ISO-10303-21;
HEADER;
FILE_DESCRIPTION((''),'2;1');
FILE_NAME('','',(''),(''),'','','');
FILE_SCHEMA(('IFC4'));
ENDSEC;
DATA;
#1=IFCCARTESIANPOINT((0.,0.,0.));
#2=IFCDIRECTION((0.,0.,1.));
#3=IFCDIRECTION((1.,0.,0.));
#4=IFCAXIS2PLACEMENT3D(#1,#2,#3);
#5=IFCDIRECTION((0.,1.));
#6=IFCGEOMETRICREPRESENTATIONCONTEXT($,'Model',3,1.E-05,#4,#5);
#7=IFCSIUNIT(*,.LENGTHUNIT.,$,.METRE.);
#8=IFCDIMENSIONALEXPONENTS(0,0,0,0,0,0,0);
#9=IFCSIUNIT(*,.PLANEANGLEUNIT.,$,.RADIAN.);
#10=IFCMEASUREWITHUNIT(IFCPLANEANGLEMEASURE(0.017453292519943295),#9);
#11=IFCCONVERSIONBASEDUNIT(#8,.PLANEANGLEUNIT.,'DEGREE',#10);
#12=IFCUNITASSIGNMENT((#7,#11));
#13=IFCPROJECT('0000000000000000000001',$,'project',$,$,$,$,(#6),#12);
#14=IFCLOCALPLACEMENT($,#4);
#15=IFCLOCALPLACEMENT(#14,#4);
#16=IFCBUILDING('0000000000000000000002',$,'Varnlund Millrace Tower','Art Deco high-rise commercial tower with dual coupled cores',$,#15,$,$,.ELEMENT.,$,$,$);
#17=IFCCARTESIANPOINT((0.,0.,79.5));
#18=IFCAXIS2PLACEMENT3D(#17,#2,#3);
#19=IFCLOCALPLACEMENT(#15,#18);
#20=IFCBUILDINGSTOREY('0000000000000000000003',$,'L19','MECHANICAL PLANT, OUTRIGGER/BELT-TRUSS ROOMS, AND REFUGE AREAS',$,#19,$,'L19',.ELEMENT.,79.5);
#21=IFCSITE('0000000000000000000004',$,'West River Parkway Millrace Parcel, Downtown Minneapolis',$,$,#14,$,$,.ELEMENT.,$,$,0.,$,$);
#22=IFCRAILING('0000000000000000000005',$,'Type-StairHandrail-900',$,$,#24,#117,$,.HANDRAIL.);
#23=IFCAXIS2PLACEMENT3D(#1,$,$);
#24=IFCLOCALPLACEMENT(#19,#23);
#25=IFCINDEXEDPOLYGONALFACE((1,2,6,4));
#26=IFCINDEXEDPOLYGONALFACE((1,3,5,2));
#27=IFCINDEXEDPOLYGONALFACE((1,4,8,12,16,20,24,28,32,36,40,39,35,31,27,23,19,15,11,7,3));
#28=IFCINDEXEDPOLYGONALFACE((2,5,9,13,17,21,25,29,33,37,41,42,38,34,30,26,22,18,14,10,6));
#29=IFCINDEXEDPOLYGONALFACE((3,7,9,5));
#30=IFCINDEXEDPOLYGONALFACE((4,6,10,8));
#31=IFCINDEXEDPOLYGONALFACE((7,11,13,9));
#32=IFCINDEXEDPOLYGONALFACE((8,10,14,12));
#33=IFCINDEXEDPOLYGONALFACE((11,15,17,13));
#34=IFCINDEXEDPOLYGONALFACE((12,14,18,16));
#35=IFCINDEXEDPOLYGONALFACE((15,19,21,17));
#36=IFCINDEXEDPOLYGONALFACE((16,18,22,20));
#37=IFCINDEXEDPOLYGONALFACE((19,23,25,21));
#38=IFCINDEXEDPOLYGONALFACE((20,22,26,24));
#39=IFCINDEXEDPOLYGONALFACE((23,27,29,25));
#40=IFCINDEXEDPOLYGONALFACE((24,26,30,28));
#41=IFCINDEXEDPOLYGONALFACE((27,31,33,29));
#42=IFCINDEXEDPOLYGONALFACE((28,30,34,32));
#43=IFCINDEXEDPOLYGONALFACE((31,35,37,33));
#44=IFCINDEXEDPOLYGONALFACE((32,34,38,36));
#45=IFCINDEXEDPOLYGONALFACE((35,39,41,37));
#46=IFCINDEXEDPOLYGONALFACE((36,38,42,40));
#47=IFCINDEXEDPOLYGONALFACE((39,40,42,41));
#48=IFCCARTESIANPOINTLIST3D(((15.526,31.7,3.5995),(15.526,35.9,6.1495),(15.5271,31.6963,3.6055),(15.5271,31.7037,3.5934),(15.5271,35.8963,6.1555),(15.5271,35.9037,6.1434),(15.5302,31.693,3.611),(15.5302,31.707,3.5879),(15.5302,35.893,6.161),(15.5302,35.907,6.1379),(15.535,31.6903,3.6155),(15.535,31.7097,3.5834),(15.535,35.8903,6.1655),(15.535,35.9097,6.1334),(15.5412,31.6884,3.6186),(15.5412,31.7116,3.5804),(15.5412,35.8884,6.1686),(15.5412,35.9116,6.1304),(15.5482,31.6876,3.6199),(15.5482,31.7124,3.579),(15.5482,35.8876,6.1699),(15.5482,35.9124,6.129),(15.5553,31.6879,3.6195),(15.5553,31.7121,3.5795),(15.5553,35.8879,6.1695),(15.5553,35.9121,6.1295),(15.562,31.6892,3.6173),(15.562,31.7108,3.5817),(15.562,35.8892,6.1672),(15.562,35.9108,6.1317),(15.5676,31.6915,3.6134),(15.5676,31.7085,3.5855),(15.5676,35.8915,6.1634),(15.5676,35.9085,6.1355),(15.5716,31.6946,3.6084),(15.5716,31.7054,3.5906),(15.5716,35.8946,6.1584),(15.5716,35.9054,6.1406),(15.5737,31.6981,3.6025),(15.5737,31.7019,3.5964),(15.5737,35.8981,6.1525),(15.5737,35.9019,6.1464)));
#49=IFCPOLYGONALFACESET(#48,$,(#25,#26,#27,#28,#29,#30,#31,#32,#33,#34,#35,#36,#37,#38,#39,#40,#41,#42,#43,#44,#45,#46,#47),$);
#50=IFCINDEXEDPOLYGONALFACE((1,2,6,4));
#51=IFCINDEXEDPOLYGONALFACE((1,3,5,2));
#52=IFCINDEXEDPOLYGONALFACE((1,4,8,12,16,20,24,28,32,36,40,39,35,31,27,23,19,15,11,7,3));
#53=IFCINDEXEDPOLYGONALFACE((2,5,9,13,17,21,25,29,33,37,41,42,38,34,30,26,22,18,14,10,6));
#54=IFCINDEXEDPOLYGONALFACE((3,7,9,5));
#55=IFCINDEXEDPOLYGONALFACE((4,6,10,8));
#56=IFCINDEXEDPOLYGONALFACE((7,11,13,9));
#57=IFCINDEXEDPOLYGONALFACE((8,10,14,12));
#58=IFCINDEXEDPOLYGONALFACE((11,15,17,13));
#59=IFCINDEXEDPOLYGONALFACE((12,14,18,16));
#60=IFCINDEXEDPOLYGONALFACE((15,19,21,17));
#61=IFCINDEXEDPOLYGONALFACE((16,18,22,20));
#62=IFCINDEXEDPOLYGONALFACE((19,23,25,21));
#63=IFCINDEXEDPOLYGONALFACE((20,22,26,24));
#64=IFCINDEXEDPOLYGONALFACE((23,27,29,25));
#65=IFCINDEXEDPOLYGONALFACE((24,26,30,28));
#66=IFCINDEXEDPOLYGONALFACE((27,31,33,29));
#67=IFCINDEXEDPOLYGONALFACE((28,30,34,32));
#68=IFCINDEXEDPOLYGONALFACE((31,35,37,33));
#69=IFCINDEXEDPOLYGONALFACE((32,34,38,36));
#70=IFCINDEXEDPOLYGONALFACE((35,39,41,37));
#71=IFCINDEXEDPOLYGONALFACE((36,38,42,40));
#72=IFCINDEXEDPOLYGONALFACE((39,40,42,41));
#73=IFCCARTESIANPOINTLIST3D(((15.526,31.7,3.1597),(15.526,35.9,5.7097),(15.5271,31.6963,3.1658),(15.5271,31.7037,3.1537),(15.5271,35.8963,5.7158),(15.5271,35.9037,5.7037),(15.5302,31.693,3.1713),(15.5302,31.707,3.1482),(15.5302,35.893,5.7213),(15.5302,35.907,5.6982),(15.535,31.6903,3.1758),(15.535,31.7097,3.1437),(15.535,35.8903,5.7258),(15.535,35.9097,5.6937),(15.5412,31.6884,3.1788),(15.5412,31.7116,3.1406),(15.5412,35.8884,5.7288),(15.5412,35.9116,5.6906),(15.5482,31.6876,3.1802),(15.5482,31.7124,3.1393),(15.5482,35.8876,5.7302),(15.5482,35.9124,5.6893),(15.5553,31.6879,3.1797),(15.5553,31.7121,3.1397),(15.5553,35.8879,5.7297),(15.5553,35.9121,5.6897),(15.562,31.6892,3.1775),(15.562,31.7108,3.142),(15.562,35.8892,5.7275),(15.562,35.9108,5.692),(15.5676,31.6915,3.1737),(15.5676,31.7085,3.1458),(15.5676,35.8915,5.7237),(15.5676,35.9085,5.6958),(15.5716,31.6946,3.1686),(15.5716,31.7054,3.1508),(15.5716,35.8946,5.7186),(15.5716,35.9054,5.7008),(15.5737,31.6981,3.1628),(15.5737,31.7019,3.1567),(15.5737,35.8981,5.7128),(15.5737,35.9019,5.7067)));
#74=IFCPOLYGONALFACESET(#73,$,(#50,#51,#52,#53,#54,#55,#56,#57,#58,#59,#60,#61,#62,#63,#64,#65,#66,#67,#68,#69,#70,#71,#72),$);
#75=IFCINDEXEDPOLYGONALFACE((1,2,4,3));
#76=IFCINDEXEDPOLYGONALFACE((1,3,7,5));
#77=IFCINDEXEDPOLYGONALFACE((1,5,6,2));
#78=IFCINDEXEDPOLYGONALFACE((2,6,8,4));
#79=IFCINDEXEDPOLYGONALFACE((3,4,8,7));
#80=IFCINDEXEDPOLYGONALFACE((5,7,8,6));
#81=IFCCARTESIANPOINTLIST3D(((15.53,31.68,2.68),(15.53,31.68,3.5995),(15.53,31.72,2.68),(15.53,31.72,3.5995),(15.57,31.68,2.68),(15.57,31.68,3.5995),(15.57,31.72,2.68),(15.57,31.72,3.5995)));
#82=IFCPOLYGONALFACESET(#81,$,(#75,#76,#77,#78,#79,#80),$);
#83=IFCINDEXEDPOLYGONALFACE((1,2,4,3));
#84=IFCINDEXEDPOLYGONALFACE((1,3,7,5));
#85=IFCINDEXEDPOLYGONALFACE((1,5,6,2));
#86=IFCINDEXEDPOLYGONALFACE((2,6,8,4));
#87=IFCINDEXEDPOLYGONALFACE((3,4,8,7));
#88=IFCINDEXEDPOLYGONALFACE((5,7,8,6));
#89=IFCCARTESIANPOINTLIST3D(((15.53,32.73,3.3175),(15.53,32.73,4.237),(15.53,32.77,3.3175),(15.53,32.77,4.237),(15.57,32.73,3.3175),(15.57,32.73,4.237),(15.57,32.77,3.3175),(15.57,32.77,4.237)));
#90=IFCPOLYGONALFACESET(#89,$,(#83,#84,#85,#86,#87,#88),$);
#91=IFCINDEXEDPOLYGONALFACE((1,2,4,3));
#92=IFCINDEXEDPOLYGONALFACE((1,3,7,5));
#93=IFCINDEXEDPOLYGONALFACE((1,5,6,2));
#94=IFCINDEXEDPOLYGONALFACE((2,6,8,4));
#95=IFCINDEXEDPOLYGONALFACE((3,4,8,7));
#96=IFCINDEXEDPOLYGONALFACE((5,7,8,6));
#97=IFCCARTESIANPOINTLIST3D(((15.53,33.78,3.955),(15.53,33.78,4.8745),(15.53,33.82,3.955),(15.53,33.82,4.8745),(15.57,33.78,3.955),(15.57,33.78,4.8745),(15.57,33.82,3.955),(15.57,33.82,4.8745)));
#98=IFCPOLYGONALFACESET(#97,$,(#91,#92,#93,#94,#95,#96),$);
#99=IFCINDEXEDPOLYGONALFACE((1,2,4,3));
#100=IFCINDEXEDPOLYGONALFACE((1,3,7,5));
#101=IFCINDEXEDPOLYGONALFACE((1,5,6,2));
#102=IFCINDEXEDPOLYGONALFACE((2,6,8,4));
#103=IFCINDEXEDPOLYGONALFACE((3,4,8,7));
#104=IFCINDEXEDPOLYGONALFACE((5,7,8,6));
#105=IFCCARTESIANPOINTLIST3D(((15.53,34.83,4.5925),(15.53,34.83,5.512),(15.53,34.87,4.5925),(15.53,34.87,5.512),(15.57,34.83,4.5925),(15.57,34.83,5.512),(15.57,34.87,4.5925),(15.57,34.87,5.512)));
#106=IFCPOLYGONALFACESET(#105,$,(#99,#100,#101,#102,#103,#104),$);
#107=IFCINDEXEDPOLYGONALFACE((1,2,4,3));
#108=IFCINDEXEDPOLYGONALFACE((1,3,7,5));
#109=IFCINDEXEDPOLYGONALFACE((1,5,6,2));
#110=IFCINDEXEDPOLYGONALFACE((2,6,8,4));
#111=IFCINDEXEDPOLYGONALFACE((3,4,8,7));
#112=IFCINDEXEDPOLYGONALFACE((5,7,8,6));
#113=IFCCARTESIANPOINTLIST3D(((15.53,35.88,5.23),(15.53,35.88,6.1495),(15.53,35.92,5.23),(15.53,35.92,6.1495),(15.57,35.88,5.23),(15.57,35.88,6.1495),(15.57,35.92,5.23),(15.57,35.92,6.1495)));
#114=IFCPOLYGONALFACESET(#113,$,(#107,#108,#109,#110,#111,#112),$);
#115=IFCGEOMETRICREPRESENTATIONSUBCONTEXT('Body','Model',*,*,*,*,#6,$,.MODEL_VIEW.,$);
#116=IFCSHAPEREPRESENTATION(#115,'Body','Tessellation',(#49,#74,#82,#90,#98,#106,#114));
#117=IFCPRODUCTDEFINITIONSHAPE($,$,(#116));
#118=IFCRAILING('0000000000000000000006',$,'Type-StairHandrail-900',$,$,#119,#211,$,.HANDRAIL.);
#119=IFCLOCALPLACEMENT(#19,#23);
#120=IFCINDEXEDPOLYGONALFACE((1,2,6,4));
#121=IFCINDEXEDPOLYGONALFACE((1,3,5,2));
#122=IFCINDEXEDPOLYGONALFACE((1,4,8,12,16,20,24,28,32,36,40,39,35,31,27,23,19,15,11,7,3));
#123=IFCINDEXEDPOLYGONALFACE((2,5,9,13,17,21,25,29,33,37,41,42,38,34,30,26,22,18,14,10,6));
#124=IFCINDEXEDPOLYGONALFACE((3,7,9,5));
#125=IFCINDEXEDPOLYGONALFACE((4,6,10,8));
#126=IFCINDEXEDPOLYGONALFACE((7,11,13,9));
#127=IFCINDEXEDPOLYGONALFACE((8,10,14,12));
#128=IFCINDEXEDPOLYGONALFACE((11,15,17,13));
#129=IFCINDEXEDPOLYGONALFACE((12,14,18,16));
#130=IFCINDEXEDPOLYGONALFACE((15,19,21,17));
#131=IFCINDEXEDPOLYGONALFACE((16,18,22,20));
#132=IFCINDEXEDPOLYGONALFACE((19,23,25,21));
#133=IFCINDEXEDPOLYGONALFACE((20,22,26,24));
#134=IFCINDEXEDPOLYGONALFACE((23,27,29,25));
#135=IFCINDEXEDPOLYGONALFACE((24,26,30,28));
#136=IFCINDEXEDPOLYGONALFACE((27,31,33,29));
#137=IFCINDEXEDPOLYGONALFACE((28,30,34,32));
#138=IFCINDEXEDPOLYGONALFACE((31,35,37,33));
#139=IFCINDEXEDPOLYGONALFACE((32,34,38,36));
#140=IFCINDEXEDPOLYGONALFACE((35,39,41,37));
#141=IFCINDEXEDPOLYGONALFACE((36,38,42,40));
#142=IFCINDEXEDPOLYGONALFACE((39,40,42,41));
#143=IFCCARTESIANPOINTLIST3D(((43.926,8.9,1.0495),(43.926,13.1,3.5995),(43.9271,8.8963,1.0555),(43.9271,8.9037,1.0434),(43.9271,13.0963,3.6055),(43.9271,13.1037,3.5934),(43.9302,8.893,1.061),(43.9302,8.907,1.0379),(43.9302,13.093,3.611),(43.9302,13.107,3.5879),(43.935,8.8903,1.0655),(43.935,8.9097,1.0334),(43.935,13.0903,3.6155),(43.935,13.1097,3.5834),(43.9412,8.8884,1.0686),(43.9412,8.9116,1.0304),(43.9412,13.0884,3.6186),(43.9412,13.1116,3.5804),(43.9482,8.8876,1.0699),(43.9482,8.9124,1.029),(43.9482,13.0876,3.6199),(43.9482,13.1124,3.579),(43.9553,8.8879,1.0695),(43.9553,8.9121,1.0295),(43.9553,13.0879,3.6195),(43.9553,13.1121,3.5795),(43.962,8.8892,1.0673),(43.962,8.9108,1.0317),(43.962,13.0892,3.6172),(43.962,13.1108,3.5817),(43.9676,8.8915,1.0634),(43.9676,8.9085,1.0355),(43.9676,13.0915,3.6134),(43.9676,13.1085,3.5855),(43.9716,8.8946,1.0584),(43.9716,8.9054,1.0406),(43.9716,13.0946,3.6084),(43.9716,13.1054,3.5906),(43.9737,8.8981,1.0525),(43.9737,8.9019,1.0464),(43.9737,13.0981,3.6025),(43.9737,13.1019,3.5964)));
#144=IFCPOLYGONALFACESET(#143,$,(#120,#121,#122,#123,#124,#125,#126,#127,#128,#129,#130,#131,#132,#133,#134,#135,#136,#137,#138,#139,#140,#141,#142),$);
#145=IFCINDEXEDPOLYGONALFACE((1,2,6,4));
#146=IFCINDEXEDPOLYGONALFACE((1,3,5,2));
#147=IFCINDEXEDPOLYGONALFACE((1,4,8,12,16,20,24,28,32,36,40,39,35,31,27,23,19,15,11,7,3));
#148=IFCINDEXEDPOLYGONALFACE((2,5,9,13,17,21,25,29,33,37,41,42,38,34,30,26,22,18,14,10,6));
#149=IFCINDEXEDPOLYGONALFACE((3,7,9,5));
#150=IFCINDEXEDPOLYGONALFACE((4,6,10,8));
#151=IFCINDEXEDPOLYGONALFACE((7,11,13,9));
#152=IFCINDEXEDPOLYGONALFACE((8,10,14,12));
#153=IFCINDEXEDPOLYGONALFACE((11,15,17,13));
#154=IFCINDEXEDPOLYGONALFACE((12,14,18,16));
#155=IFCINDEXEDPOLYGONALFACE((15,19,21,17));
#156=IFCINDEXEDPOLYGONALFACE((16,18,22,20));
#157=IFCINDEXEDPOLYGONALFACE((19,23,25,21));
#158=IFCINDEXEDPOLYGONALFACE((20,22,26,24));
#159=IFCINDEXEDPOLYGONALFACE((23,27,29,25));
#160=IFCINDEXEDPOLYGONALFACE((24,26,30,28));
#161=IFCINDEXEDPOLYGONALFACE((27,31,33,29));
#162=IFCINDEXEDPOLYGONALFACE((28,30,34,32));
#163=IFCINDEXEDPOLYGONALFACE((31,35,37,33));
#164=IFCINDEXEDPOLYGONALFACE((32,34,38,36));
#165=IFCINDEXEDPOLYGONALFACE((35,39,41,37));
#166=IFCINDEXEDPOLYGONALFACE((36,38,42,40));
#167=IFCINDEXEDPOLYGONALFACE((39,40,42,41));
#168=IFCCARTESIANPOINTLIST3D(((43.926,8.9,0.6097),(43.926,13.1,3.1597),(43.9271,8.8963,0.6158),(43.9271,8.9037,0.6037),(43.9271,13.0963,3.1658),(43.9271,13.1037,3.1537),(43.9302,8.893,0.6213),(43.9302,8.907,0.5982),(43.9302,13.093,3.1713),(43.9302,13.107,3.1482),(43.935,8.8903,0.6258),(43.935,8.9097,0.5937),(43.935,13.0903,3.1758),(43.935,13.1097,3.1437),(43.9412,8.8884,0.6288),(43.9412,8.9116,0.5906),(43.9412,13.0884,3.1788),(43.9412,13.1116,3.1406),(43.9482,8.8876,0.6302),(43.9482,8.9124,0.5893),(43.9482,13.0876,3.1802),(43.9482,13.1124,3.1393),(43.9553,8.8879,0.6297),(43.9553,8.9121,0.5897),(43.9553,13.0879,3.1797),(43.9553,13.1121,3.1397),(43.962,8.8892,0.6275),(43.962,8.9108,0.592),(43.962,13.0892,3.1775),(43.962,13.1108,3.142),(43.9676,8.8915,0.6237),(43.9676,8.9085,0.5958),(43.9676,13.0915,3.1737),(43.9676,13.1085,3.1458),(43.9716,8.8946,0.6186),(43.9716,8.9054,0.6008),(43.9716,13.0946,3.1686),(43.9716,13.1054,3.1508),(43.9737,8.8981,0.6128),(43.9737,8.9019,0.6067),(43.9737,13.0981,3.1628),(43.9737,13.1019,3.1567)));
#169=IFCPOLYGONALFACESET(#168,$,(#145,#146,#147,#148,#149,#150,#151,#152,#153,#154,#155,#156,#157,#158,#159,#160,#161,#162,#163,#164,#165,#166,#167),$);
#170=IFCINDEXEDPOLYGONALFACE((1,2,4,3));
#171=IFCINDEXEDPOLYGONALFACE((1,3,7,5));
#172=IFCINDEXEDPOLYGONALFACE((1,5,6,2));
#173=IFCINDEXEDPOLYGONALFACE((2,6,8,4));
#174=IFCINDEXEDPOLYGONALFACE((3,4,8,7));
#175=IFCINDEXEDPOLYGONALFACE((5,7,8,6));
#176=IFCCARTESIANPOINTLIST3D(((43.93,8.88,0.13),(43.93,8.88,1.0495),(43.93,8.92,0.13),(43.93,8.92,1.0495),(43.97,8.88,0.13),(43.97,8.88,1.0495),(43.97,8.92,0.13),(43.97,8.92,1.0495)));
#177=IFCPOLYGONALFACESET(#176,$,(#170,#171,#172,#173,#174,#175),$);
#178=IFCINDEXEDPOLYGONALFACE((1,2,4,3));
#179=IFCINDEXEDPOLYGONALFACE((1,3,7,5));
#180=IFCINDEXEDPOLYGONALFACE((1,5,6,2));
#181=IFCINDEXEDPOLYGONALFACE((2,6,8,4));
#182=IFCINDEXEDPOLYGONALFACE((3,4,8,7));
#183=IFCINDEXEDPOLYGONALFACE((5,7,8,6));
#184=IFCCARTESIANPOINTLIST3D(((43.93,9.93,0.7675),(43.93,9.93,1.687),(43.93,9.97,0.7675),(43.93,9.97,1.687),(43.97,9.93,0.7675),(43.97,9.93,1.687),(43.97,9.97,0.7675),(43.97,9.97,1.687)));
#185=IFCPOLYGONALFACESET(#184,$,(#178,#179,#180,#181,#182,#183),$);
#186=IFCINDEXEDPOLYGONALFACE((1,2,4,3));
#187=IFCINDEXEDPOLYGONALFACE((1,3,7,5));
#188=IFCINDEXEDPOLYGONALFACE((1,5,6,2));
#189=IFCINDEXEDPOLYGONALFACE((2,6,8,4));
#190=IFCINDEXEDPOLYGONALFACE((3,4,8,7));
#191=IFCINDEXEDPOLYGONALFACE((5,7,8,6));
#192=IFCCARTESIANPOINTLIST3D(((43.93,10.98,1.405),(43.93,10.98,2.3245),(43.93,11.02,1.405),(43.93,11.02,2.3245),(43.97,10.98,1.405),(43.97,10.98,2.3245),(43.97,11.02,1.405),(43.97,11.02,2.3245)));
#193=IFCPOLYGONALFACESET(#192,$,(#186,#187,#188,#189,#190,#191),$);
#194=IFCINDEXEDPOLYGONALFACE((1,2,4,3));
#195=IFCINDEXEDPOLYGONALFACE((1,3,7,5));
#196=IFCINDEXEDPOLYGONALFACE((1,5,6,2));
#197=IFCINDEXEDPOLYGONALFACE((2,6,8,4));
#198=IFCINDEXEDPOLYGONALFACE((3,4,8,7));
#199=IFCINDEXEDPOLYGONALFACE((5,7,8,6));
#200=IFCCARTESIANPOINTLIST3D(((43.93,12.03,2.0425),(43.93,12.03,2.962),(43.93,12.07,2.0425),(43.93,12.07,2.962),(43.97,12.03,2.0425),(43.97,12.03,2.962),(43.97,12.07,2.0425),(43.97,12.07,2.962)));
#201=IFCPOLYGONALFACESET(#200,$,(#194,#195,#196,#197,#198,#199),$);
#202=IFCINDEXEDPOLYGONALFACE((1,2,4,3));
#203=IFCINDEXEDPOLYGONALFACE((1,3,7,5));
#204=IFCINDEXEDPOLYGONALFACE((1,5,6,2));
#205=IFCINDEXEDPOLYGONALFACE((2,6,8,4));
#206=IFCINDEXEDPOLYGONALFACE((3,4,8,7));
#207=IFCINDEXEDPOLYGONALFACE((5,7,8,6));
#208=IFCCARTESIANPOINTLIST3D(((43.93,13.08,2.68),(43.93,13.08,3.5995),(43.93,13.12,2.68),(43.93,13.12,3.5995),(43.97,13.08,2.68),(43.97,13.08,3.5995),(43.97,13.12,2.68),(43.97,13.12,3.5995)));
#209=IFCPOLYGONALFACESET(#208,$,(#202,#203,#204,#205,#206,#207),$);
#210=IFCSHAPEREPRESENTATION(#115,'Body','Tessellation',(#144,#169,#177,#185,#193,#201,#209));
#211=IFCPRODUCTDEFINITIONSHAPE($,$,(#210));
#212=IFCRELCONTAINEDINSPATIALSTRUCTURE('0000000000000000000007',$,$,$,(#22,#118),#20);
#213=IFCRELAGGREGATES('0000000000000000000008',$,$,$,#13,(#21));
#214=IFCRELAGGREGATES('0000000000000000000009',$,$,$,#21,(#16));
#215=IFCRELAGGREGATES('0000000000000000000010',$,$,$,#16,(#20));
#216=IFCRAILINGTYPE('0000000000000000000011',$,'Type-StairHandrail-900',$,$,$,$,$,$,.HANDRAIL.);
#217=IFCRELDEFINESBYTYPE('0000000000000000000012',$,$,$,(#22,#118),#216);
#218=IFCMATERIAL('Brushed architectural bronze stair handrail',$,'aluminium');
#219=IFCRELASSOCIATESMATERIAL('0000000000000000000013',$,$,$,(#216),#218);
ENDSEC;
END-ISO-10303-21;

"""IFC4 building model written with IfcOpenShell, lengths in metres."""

from ifc_helpers import new_model, entity, si_unit, converted_unit, direction, frame, origin_with_axes, origin_2d_with_axis, place, context, subcontext, project, spatial, rectangle, circle, extrude, material, type_object, element, save


model = new_model("IFC4")

# Units and contexts
model_context = context("Model", 3, precision=1e-05, world=origin_with_axes(), true_north=direction((0.0, 1.0)))
body_context = subcontext(model_context, "Body", "Model", "MODEL_VIEW")
ifc_project = project(units=[si_unit("LENGTHUNIT", "METRE"), converted_unit("PLANEANGLEUNIT", "DEGREE", entity("IfcPlaneAngleMeasure", 0.017453292519943295), si_unit("PLANEANGLEUNIT", "RADIAN"), dimensions=[0, 0, 0, 0, 0, 0, 0])], contexts=[model_context])

# Site, building, storey
site_placement = place(None, origin_with_axes())
site = spatial("IfcSite", under=ifc_project, at=site_placement, Name="West River Parkway Millrace Parcel, Downtown Minneapolis", CompositionType="ELEMENT", RefElevation=0.0)
building_placement = place(site_placement, origin_with_axes())
building = spatial("IfcBuilding", under=site, at=building_placement, Name="Varnlund Millrace Tower", Description="Art Deco high-rise commercial tower with dual coupled cores", CompositionType="ELEMENT")
storey_placement = place(building_placement, frame((0.0, 0.0, 79.5), z_axis=(0.0, 0.0, 1.0), x_axis=(1.0, 0.0, 0.0)))
storey = spatial("IfcBuildingStorey", under=building, at=storey_placement, Name="L19", Description="MECHANICAL PLANT, OUTRIGGER/BELT-TRUSS ROOMS, AND REFUGE AREAS", LongName="L19", CompositionType="ELEMENT", Elevation=79.5)

# Railings
ifc_material_1 = material(Name="Brushed architectural bronze stair handrail", Category="aluminium")
railing_type_1 = type_object("IfcRailingType", Name="Type-StairHandrail-900", PredefinedType="HANDRAIL", material=ifc_material_1)
railing_1_placement = place(storey_placement, frame((0.0, 0.0, -79.5), z_axis=(0.0, 0.0, 1.0), x_axis=(1.0, 0.0, 0.0)))
element("IfcRailing", 1, at=railing_1_placement, inside=storey, type_object=railing_type_1, Name="Type-StairHandrail-900", PredefinedType="HANDRAIL", context=body_context, shape_type="SweptSolid", body=[
    extrude(circle(Radius=0.024, at=origin_2d_with_axis()), frame((15.55, 31.7, 83.0995), z_axis=(0.0, 0.854788, 0.518978), x_axis=(-1.0, 0.0, 0.0)), (0.0, 0.0, 1.0), 4.9135),
    extrude(circle(Radius=0.024, at=origin_2d_with_axis()), frame((15.55, 31.7, 82.6597), z_axis=(0.0, 0.854788, 0.518978), x_axis=(-1.0, 0.0, 0.0)), (0.0, 0.0, 1.0), 4.9135),
    extrude(rectangle(XDim=0.04, YDim=0.04, at=origin_2d_with_axis()), frame((15.55, 31.7, 82.18), z_axis=(0.0, 0.0, 1.0), x_axis=(1.0, 0.0, 0.0)), (0.0, 0.0, 1.0), 0.9195),
    extrude(rectangle(XDim=0.04, YDim=0.04, at=origin_2d_with_axis()), frame((15.55, 32.75, 82.8175), z_axis=(0.0, 0.0, 1.0), x_axis=(1.0, 0.0, 0.0)), (0.0, 0.0, 1.0), 0.9195),
    extrude(rectangle(XDim=0.04, YDim=0.04, at=origin_2d_with_axis()), frame((15.55, 33.8, 83.455), z_axis=(0.0, 0.0, 1.0), x_axis=(1.0, 0.0, 0.0)), (0.0, 0.0, 1.0), 0.9195),
    extrude(rectangle(XDim=0.04, YDim=0.04, at=origin_2d_with_axis()), frame((15.55, 34.85, 84.0925), z_axis=(0.0, 0.0, 1.0), x_axis=(1.0, 0.0, 0.0)), (0.0, 0.0, 1.0), 0.9195),
    extrude(rectangle(XDim=0.04, YDim=0.04, at=origin_2d_with_axis()), frame((15.55, 35.9, 84.73), z_axis=(0.0, 0.0, 1.0), x_axis=(1.0, 0.0, 0.0)), (0.0, 0.0, 1.0), 0.9195),
])
railing_2_placement = place(storey_placement, frame((0.0, 0.0, -79.5), z_axis=(0.0, 0.0, 1.0), x_axis=(1.0, 0.0, 0.0)))
element("IfcRailing", 2, at=railing_2_placement, inside=storey, type_object=railing_type_1, Name="Type-StairHandrail-900", PredefinedType="HANDRAIL", context=body_context, shape_type="SweptSolid", body=[
    extrude(circle(Radius=0.024, at=origin_2d_with_axis()), frame((43.95, 8.9, 80.5495), z_axis=(0.0, 0.854788, 0.518978), x_axis=(-1.0, 0.0, 0.0)), (0.0, 0.0, 1.0), 4.9135),
    extrude(circle(Radius=0.024, at=origin_2d_with_axis()), frame((43.95, 8.9, 80.1097), z_axis=(0.0, 0.854788, 0.518978), x_axis=(-1.0, 0.0, 0.0)), (0.0, 0.0, 1.0), 4.9135),
    extrude(rectangle(XDim=0.04, YDim=0.04, at=origin_2d_with_axis()), frame((43.95, 8.9, 79.63), z_axis=(0.0, 0.0, 1.0), x_axis=(1.0, 0.0, 0.0)), (0.0, 0.0, 1.0), 0.9195),
    extrude(rectangle(XDim=0.04, YDim=0.04, at=origin_2d_with_axis()), frame((43.95, 9.95, 80.2675), z_axis=(0.0, 0.0, 1.0), x_axis=(1.0, 0.0, 0.0)), (0.0, 0.0, 1.0), 0.9195),
    extrude(rectangle(XDim=0.04, YDim=0.04, at=origin_2d_with_axis()), frame((43.95, 11.0, 80.905), z_axis=(0.0, 0.0, 1.0), x_axis=(1.0, 0.0, 0.0)), (0.0, 0.0, 1.0), 0.9195),
    extrude(rectangle(XDim=0.04, YDim=0.04, at=origin_2d_with_axis()), frame((43.95, 12.05, 81.5425), z_axis=(0.0, 0.0, 1.0), x_axis=(1.0, 0.0, 0.0)), (0.0, 0.0, 1.0), 0.9195),
    extrude(rectangle(XDim=0.04, YDim=0.04, at=origin_2d_with_axis()), frame((43.95, 13.1, 82.18), z_axis=(0.0, 0.0, 1.0), x_axis=(1.0, 0.0, 0.0)), (0.0, 0.0, 1.0), 0.9195),
])

save(model, "model.ifc")
